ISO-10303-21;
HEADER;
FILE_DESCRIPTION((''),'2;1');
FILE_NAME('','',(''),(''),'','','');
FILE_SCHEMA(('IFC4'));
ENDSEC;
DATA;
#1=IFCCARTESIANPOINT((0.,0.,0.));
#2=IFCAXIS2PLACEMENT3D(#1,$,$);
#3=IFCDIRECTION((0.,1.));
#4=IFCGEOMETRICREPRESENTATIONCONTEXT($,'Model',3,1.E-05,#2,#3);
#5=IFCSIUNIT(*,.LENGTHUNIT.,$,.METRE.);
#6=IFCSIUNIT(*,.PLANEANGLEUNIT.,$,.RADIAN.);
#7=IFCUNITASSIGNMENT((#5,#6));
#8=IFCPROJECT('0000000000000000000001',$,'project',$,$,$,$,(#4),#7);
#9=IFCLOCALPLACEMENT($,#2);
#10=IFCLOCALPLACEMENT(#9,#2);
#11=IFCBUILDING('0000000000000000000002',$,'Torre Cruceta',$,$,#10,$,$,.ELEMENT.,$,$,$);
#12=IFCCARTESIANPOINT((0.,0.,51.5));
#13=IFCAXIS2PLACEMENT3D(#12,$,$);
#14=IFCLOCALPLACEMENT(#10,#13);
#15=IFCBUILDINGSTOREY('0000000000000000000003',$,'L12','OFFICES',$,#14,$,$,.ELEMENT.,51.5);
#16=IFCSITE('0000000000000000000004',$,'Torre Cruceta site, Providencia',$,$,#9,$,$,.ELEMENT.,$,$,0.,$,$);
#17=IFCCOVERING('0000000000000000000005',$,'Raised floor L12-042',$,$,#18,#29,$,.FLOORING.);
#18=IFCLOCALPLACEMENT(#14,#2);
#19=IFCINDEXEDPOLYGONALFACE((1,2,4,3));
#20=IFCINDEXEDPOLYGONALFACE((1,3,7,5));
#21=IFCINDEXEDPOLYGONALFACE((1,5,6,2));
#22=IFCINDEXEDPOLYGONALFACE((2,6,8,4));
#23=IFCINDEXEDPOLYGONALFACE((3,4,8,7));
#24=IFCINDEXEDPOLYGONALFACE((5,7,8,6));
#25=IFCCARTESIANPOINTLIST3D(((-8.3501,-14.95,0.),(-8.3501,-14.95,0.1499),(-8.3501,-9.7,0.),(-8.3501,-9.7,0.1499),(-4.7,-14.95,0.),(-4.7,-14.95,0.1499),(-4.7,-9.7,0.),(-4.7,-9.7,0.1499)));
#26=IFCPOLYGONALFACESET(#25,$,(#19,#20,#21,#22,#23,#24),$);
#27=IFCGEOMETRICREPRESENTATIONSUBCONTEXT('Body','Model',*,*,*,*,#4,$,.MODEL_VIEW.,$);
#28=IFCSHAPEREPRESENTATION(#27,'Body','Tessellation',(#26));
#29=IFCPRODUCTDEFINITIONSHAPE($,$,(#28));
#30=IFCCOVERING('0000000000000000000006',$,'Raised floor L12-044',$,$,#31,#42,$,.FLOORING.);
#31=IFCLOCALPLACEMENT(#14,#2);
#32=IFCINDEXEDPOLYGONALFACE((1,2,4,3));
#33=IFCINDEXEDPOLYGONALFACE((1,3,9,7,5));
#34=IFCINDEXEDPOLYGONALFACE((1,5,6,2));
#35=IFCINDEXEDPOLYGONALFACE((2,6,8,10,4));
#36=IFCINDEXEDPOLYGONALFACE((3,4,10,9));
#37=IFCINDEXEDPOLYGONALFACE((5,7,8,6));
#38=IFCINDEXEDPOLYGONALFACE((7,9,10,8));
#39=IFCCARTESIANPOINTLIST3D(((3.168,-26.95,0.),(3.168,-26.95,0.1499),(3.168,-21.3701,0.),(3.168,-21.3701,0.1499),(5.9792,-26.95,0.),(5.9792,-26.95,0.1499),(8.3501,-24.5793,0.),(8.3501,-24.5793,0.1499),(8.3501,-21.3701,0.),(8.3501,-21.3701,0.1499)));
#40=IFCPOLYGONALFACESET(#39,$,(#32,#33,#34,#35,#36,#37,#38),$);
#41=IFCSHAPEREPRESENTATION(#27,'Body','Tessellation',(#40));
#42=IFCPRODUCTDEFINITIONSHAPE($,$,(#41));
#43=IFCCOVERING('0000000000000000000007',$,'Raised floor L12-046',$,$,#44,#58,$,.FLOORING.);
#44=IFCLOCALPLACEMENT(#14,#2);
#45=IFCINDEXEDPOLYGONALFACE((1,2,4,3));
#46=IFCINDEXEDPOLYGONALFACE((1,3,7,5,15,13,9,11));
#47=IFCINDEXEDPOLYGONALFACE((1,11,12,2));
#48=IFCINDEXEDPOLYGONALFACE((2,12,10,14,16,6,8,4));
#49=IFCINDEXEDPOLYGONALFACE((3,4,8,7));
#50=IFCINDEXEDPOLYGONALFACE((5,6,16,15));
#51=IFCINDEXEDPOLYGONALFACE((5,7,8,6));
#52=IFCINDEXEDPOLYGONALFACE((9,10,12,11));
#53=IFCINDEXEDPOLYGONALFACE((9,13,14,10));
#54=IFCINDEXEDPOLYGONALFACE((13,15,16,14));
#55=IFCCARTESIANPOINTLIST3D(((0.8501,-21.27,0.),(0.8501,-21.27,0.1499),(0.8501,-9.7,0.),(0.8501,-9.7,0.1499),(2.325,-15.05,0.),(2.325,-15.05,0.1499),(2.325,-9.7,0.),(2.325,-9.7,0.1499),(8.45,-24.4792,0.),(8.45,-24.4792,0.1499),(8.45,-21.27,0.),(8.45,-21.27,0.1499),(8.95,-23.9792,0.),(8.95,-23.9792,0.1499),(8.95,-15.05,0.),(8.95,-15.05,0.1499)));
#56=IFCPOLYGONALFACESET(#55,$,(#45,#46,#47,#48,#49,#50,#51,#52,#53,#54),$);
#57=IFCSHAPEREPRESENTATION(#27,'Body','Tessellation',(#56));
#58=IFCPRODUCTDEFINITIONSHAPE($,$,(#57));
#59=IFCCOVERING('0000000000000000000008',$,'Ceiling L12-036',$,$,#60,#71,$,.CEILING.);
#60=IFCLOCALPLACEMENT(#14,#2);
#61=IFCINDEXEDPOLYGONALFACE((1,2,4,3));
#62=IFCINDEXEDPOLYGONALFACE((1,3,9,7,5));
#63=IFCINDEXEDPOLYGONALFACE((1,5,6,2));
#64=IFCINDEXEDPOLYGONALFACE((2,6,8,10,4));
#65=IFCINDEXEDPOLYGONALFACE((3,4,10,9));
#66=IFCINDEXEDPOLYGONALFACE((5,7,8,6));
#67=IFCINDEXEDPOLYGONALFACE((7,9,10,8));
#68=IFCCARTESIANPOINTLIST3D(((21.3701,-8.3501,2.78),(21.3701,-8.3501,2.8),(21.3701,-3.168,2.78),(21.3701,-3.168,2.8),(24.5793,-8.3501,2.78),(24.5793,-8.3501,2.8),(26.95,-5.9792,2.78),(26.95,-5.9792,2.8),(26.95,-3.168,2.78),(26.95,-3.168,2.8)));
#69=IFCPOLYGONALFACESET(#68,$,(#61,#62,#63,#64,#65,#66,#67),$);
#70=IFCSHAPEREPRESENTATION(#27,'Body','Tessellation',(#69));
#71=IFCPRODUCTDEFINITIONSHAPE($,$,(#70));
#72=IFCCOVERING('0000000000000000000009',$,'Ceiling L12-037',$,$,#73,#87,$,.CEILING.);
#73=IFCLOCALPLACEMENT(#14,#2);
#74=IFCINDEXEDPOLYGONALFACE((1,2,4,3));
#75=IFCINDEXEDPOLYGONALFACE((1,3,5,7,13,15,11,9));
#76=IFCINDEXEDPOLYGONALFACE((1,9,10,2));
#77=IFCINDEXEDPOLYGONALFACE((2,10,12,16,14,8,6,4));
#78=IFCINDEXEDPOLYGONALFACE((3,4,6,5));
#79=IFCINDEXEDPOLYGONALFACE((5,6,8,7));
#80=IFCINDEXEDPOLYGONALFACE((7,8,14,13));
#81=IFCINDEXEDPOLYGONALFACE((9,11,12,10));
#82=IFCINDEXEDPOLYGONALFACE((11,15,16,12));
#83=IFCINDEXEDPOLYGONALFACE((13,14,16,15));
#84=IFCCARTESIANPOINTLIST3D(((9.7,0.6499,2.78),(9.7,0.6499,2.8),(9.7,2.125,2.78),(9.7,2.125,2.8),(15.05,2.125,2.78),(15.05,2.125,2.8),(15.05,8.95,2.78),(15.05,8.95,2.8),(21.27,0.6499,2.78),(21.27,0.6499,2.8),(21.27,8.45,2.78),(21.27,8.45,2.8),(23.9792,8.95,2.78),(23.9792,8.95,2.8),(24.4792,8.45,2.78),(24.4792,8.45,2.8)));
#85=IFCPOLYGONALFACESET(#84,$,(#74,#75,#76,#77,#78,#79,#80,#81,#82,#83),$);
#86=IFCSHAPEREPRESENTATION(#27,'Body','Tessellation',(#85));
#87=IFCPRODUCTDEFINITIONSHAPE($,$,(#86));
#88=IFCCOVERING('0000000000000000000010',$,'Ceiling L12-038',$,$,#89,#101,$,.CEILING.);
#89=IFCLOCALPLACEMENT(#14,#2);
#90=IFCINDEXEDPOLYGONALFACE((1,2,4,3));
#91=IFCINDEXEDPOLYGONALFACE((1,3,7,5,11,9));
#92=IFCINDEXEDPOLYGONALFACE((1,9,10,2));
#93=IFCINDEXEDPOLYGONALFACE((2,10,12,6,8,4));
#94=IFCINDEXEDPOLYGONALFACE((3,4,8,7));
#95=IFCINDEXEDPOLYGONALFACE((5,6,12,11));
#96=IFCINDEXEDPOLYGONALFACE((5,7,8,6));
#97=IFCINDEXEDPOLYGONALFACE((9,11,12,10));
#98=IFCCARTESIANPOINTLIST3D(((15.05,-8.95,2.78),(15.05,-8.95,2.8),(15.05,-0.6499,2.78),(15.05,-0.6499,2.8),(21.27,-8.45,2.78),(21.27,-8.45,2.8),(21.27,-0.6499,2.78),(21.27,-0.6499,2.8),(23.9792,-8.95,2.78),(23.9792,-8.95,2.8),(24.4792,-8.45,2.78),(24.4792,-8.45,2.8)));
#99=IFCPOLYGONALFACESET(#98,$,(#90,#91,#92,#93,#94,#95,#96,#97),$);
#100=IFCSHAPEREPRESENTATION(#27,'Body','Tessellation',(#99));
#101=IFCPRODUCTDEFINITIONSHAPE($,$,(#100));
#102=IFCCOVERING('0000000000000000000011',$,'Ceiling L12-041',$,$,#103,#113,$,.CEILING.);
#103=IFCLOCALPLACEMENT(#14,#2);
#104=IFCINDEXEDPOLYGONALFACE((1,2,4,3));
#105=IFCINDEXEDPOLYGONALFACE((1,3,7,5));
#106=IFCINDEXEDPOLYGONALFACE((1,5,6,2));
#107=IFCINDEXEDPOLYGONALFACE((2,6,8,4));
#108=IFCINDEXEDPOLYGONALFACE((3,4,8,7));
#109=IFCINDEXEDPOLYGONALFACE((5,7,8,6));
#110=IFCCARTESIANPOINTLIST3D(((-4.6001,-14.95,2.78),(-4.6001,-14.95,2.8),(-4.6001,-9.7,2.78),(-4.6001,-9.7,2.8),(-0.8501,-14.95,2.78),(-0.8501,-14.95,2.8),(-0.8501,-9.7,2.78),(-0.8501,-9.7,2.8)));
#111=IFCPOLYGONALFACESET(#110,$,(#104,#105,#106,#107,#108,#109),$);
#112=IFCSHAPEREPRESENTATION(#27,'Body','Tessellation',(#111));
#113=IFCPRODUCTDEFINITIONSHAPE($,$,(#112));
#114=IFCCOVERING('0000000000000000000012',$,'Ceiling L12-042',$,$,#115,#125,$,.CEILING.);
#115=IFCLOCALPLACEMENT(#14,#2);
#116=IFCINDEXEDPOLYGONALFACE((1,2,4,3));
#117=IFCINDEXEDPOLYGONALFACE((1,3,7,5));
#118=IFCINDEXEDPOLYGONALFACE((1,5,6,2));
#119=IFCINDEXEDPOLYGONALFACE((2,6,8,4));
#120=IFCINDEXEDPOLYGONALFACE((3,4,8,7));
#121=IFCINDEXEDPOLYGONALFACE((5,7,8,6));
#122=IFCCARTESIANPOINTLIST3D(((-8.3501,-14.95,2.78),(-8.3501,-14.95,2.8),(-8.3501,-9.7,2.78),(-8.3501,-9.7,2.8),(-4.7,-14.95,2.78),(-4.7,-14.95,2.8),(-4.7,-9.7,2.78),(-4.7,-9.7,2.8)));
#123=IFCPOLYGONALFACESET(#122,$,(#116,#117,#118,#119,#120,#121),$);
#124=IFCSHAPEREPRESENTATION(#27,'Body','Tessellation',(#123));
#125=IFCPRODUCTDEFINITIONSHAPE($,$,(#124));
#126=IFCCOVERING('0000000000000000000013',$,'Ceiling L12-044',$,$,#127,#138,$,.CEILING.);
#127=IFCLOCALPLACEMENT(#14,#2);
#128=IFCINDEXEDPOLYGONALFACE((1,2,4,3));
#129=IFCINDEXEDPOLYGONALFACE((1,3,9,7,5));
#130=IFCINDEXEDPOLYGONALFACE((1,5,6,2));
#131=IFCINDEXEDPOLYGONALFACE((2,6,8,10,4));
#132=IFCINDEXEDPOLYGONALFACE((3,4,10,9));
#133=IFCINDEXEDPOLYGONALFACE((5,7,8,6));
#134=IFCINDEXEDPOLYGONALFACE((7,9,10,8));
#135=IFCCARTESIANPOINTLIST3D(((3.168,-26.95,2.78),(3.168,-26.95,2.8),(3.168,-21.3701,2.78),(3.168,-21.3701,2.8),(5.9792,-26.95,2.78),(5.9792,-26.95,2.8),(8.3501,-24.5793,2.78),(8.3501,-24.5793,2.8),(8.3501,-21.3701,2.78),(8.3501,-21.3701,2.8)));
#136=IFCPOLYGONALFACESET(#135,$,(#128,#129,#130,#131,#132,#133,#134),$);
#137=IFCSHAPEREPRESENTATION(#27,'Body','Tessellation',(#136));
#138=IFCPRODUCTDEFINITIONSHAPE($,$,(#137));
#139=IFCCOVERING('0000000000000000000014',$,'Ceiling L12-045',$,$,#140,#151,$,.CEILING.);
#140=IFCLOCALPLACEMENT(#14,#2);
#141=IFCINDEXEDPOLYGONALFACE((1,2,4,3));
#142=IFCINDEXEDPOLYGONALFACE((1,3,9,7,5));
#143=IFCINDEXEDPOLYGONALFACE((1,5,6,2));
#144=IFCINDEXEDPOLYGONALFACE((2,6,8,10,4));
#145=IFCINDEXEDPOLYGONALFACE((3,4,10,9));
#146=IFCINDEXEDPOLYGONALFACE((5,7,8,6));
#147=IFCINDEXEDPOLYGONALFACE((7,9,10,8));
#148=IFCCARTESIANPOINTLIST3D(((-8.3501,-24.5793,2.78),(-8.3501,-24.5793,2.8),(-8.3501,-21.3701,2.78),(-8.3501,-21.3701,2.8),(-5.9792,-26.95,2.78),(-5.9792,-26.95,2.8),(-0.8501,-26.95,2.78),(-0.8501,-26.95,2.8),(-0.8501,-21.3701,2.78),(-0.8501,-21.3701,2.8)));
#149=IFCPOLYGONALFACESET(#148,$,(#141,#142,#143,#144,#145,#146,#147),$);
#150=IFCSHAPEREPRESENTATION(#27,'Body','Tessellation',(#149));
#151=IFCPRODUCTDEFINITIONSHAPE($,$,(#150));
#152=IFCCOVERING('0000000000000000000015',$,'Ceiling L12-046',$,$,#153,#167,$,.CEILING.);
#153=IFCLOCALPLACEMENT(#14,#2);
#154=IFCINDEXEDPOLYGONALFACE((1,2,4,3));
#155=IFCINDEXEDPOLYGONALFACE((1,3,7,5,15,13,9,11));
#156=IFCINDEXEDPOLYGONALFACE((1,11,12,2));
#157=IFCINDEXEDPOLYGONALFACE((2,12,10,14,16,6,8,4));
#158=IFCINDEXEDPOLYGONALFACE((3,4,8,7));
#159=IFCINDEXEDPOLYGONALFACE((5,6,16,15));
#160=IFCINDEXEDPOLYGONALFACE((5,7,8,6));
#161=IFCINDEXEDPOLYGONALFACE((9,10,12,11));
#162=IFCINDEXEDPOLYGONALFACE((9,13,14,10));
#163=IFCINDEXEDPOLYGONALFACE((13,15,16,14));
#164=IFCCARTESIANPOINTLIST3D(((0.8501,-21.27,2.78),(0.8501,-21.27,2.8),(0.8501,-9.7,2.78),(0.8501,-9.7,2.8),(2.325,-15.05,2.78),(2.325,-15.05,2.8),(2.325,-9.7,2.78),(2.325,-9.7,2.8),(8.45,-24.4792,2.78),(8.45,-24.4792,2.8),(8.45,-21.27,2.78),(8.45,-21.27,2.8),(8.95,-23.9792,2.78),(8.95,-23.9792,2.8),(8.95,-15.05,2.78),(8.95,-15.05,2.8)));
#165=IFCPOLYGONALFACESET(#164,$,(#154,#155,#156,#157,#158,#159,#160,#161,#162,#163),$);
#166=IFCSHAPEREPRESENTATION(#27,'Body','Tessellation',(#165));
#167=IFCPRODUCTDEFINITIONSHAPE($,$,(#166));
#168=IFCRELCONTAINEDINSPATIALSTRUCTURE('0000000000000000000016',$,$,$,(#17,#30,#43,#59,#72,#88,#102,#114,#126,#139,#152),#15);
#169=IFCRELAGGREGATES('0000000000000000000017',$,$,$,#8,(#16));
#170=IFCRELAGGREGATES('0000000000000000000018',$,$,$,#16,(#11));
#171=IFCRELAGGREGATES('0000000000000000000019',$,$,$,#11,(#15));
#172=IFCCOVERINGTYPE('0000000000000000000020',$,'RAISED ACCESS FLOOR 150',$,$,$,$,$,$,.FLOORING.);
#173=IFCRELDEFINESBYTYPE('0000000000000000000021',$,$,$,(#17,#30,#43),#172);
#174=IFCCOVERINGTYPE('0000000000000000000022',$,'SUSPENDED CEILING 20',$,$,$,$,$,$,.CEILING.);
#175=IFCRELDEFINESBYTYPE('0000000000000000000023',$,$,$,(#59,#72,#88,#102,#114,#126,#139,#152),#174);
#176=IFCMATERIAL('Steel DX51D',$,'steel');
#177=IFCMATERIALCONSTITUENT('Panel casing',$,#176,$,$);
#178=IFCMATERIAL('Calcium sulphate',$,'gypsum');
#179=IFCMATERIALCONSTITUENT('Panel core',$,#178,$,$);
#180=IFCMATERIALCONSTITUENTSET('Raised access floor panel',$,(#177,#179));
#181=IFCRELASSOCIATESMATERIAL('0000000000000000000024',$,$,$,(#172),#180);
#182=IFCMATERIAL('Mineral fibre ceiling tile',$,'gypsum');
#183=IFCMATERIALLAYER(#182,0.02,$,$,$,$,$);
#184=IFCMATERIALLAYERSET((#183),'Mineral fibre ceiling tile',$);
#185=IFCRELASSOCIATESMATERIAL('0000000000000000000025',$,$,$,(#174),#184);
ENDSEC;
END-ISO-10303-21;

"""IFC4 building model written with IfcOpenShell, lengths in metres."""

from ifc_helpers import new_model, si_unit, direction, frame, origin, place, context, subcontext, project, spatial, polyline, outline, extrude, material, layer, layer_set, constituent, constituent_set, type_object, element, save


model = new_model("IFC4")

# Units and contexts
model_context = context("Model", 3, precision=1e-05, world=origin(), true_north=direction((0.0, 1.0)))
body_context = subcontext(model_context, "Body", "Model", "MODEL_VIEW")
ifc_project = project(units=[si_unit("LENGTHUNIT", "METRE"), si_unit("PLANEANGLEUNIT", "RADIAN")], contexts=[model_context])

# Site, building, storey
site_placement = place(None, origin())
site = spatial("IfcSite", under=ifc_project, at=site_placement, Name="Torre Cruceta site, Providencia", CompositionType="ELEMENT", RefElevation=0.0)
building_placement = place(site_placement, origin())
building = spatial("IfcBuilding", under=site, at=building_placement, Name="Torre Cruceta", CompositionType="ELEMENT")
storey_placement = place(building_placement, frame((0.0, 0.0, 51.5)))
storey = spatial("IfcBuildingStorey", under=building, at=storey_placement, Name="L12", Description="OFFICES", CompositionType="ELEMENT", Elevation=51.5)

# Coverings
ifc_material_1 = material(Name="Steel DX51D", Category="steel")
ifc_constituent_1 = constituent(ifc_material_1, Name="Panel casing")
ifc_material_2 = material(Name="Calcium sulphate", Category="gypsum")
ifc_constituent_2 = constituent(ifc_material_2, Name="Panel core")
ifc_constituent_set_1 = constituent_set(constituents=[ifc_constituent_1, ifc_constituent_2], Name="Raised access floor panel")
covering_type_1 = type_object("IfcCoveringType", Name="RAISED ACCESS FLOOR 150", PredefinedType="FLOORING", material=ifc_constituent_set_1)
covering_1_placement = place(storey_placement, origin())
element("IfcCovering", 1, at=covering_1_placement, inside=storey, type_object=covering_type_1, Name="Raised floor L12-042", PredefinedType="FLOORING", context=body_context, shape_type="SweptSolid", body=[
    extrude(outline(polyline([(-8.3501, -9.7), (-4.7, -9.7), (-4.7, -14.95), (-8.3501, -14.95), (-8.3501, -9.7)])), origin(), (0.0, 0.0, 1.0), 0.1499),
])
covering_2_placement = place(storey_placement, origin())
element("IfcCovering", 2, at=covering_2_placement, inside=storey, type_object=covering_type_1, Name="Raised floor L12-044", PredefinedType="FLOORING", context=body_context, shape_type="SweptSolid", body=[
    extrude(outline(polyline([(3.168, -26.95), (3.168, -21.3701), (8.3501, -21.3701), (8.3501, -24.5793), (5.9792, -26.95), (3.168, -26.95)])), origin(), (0.0, 0.0, 1.0), 0.1499),
])
covering_3_placement = place(storey_placement, origin())
element("IfcCovering", 3, at=covering_3_placement, inside=storey, type_object=covering_type_1, Name="Raised floor L12-046", PredefinedType="FLOORING", context=body_context, shape_type="SweptSolid", body=[
    extrude(outline(polyline([(2.325, -9.7), (2.325, -15.05), (8.95, -15.05), (8.95, -23.9792), (8.45, -24.4792), (8.45, -21.27), (0.8501, -21.27), (0.8501, -9.7), (2.325, -9.7)])), origin(), (0.0, 0.0, 1.0), 0.1499),
])
ifc_material_3 = material(Name="Mineral fibre ceiling tile", Category="gypsum")
ifc_layer_1 = layer(ifc_material_3, 0.02)
ifc_layer_set_1 = layer_set([ifc_layer_1], Name="Mineral fibre ceiling tile")
covering_type_2 = type_object("IfcCoveringType", Name="SUSPENDED CEILING 20", PredefinedType="CEILING", material=ifc_layer_set_1)
covering_4_placement = place(storey_placement, frame((0.0, 0.0, 2.78)))
element("IfcCovering", 4, at=covering_4_placement, inside=storey, type_object=covering_type_2, Name="Ceiling L12-036", PredefinedType="CEILING", context=body_context, shape_type="SweptSolid", body=[
    extrude(outline(polyline([(24.5793, -8.3501), (21.3701, -8.3501), (21.3701, -3.168), (26.95, -3.168), (26.95, -5.9792), (24.5793, -8.3501)])), origin(), (0.0, 0.0, 1.0), 0.02),
])
covering_5_placement = place(storey_placement, frame((0.0, 0.0, 2.78)))
element("IfcCovering", 5, at=covering_5_placement, inside=storey, type_object=covering_type_2, Name="Ceiling L12-037", PredefinedType="CEILING", context=body_context, shape_type="SweptSolid", body=[
    extrude(outline(polyline([(9.7, 2.125), (15.05, 2.125), (15.05, 8.95), (23.9792, 8.95), (24.4792, 8.45), (21.27, 8.45), (21.27, 0.6499), (9.7, 0.6499), (9.7, 2.125)])), origin(), (0.0, 0.0, 1.0), 0.02),
])
covering_6_placement = place(storey_placement, frame((0.0, 0.0, 2.78)))
element("IfcCovering", 6, at=covering_6_placement, inside=storey, type_object=covering_type_2, Name="Ceiling L12-038", PredefinedType="CEILING", context=body_context, shape_type="SweptSolid", body=[
    extrude(outline(polyline([(15.05, -8.95), (15.05, -0.6499), (21.27, -0.6499), (21.27, -8.45), (24.4792, -8.45), (23.9792, -8.95), (15.05, -8.95)])), origin(), (0.0, 0.0, 1.0), 0.02),
])
covering_7_placement = place(storey_placement, frame((0.0, 0.0, 2.78)))
element("IfcCovering", 7, at=covering_7_placement, inside=storey, type_object=covering_type_2, Name="Ceiling L12-041", PredefinedType="CEILING", context=body_context, shape_type="SweptSolid", body=[
    extrude(outline(polyline([(-4.6001, -9.7), (-0.8501, -9.7), (-0.8501, -14.95), (-4.6001, -14.95), (-4.6001, -9.7)])), origin(), (0.0, 0.0, 1.0), 0.02),
])
covering_8_placement = place(storey_placement, frame((0.0, 0.0, 2.78)))
element("IfcCovering", 8, at=covering_8_placement, inside=storey, type_object=covering_type_2, Name="Ceiling L12-042", PredefinedType="CEILING", context=body_context, shape_type="SweptSolid", body=[
    extrude(outline(polyline([(-8.3501, -9.7), (-4.7, -9.7), (-4.7, -14.95), (-8.3501, -14.95), (-8.3501, -9.7)])), origin(), (0.0, 0.0, 1.0), 0.02),
])
covering_9_placement = place(storey_placement, frame((0.0, 0.0, 2.78)))
element("IfcCovering", 9, at=covering_9_placement, inside=storey, type_object=covering_type_2, Name="Ceiling L12-044", PredefinedType="CEILING", context=body_context, shape_type="SweptSolid", body=[
    extrude(outline(polyline([(3.168, -26.95), (3.168, -21.3701), (8.3501, -21.3701), (8.3501, -24.5793), (5.9792, -26.95), (3.168, -26.95)])), origin(), (0.0, 0.0, 1.0), 0.02),
])
covering_10_placement = place(storey_placement, frame((0.0, 0.0, 2.78)))
element("IfcCovering", 10, at=covering_10_placement, inside=storey, type_object=covering_type_2, Name="Ceiling L12-045", PredefinedType="CEILING", context=body_context, shape_type="SweptSolid", body=[
    extrude(outline(polyline([(-8.3501, -24.5793), (-8.3501, -21.3701), (-0.8501, -21.3701), (-0.8501, -26.95), (-5.9792, -26.95), (-8.3501, -24.5793)])), origin(), (0.0, 0.0, 1.0), 0.02),
])
covering_11_placement = place(storey_placement, frame((0.0, 0.0, 2.78)))
element("IfcCovering", 11, at=covering_11_placement, inside=storey, type_object=covering_type_2, Name="Ceiling L12-046", PredefinedType="CEILING", context=body_context, shape_type="SweptSolid", body=[
    extrude(outline(polyline([(2.325, -9.7), (2.325, -15.05), (8.95, -15.05), (8.95, -23.9792), (8.45, -24.4792), (8.45, -21.27), (0.8501, -21.27), (0.8501, -9.7), (2.325, -9.7)])), origin(), (0.0, 0.0, 1.0), 0.02),
])

save(model, "model.ifc")
